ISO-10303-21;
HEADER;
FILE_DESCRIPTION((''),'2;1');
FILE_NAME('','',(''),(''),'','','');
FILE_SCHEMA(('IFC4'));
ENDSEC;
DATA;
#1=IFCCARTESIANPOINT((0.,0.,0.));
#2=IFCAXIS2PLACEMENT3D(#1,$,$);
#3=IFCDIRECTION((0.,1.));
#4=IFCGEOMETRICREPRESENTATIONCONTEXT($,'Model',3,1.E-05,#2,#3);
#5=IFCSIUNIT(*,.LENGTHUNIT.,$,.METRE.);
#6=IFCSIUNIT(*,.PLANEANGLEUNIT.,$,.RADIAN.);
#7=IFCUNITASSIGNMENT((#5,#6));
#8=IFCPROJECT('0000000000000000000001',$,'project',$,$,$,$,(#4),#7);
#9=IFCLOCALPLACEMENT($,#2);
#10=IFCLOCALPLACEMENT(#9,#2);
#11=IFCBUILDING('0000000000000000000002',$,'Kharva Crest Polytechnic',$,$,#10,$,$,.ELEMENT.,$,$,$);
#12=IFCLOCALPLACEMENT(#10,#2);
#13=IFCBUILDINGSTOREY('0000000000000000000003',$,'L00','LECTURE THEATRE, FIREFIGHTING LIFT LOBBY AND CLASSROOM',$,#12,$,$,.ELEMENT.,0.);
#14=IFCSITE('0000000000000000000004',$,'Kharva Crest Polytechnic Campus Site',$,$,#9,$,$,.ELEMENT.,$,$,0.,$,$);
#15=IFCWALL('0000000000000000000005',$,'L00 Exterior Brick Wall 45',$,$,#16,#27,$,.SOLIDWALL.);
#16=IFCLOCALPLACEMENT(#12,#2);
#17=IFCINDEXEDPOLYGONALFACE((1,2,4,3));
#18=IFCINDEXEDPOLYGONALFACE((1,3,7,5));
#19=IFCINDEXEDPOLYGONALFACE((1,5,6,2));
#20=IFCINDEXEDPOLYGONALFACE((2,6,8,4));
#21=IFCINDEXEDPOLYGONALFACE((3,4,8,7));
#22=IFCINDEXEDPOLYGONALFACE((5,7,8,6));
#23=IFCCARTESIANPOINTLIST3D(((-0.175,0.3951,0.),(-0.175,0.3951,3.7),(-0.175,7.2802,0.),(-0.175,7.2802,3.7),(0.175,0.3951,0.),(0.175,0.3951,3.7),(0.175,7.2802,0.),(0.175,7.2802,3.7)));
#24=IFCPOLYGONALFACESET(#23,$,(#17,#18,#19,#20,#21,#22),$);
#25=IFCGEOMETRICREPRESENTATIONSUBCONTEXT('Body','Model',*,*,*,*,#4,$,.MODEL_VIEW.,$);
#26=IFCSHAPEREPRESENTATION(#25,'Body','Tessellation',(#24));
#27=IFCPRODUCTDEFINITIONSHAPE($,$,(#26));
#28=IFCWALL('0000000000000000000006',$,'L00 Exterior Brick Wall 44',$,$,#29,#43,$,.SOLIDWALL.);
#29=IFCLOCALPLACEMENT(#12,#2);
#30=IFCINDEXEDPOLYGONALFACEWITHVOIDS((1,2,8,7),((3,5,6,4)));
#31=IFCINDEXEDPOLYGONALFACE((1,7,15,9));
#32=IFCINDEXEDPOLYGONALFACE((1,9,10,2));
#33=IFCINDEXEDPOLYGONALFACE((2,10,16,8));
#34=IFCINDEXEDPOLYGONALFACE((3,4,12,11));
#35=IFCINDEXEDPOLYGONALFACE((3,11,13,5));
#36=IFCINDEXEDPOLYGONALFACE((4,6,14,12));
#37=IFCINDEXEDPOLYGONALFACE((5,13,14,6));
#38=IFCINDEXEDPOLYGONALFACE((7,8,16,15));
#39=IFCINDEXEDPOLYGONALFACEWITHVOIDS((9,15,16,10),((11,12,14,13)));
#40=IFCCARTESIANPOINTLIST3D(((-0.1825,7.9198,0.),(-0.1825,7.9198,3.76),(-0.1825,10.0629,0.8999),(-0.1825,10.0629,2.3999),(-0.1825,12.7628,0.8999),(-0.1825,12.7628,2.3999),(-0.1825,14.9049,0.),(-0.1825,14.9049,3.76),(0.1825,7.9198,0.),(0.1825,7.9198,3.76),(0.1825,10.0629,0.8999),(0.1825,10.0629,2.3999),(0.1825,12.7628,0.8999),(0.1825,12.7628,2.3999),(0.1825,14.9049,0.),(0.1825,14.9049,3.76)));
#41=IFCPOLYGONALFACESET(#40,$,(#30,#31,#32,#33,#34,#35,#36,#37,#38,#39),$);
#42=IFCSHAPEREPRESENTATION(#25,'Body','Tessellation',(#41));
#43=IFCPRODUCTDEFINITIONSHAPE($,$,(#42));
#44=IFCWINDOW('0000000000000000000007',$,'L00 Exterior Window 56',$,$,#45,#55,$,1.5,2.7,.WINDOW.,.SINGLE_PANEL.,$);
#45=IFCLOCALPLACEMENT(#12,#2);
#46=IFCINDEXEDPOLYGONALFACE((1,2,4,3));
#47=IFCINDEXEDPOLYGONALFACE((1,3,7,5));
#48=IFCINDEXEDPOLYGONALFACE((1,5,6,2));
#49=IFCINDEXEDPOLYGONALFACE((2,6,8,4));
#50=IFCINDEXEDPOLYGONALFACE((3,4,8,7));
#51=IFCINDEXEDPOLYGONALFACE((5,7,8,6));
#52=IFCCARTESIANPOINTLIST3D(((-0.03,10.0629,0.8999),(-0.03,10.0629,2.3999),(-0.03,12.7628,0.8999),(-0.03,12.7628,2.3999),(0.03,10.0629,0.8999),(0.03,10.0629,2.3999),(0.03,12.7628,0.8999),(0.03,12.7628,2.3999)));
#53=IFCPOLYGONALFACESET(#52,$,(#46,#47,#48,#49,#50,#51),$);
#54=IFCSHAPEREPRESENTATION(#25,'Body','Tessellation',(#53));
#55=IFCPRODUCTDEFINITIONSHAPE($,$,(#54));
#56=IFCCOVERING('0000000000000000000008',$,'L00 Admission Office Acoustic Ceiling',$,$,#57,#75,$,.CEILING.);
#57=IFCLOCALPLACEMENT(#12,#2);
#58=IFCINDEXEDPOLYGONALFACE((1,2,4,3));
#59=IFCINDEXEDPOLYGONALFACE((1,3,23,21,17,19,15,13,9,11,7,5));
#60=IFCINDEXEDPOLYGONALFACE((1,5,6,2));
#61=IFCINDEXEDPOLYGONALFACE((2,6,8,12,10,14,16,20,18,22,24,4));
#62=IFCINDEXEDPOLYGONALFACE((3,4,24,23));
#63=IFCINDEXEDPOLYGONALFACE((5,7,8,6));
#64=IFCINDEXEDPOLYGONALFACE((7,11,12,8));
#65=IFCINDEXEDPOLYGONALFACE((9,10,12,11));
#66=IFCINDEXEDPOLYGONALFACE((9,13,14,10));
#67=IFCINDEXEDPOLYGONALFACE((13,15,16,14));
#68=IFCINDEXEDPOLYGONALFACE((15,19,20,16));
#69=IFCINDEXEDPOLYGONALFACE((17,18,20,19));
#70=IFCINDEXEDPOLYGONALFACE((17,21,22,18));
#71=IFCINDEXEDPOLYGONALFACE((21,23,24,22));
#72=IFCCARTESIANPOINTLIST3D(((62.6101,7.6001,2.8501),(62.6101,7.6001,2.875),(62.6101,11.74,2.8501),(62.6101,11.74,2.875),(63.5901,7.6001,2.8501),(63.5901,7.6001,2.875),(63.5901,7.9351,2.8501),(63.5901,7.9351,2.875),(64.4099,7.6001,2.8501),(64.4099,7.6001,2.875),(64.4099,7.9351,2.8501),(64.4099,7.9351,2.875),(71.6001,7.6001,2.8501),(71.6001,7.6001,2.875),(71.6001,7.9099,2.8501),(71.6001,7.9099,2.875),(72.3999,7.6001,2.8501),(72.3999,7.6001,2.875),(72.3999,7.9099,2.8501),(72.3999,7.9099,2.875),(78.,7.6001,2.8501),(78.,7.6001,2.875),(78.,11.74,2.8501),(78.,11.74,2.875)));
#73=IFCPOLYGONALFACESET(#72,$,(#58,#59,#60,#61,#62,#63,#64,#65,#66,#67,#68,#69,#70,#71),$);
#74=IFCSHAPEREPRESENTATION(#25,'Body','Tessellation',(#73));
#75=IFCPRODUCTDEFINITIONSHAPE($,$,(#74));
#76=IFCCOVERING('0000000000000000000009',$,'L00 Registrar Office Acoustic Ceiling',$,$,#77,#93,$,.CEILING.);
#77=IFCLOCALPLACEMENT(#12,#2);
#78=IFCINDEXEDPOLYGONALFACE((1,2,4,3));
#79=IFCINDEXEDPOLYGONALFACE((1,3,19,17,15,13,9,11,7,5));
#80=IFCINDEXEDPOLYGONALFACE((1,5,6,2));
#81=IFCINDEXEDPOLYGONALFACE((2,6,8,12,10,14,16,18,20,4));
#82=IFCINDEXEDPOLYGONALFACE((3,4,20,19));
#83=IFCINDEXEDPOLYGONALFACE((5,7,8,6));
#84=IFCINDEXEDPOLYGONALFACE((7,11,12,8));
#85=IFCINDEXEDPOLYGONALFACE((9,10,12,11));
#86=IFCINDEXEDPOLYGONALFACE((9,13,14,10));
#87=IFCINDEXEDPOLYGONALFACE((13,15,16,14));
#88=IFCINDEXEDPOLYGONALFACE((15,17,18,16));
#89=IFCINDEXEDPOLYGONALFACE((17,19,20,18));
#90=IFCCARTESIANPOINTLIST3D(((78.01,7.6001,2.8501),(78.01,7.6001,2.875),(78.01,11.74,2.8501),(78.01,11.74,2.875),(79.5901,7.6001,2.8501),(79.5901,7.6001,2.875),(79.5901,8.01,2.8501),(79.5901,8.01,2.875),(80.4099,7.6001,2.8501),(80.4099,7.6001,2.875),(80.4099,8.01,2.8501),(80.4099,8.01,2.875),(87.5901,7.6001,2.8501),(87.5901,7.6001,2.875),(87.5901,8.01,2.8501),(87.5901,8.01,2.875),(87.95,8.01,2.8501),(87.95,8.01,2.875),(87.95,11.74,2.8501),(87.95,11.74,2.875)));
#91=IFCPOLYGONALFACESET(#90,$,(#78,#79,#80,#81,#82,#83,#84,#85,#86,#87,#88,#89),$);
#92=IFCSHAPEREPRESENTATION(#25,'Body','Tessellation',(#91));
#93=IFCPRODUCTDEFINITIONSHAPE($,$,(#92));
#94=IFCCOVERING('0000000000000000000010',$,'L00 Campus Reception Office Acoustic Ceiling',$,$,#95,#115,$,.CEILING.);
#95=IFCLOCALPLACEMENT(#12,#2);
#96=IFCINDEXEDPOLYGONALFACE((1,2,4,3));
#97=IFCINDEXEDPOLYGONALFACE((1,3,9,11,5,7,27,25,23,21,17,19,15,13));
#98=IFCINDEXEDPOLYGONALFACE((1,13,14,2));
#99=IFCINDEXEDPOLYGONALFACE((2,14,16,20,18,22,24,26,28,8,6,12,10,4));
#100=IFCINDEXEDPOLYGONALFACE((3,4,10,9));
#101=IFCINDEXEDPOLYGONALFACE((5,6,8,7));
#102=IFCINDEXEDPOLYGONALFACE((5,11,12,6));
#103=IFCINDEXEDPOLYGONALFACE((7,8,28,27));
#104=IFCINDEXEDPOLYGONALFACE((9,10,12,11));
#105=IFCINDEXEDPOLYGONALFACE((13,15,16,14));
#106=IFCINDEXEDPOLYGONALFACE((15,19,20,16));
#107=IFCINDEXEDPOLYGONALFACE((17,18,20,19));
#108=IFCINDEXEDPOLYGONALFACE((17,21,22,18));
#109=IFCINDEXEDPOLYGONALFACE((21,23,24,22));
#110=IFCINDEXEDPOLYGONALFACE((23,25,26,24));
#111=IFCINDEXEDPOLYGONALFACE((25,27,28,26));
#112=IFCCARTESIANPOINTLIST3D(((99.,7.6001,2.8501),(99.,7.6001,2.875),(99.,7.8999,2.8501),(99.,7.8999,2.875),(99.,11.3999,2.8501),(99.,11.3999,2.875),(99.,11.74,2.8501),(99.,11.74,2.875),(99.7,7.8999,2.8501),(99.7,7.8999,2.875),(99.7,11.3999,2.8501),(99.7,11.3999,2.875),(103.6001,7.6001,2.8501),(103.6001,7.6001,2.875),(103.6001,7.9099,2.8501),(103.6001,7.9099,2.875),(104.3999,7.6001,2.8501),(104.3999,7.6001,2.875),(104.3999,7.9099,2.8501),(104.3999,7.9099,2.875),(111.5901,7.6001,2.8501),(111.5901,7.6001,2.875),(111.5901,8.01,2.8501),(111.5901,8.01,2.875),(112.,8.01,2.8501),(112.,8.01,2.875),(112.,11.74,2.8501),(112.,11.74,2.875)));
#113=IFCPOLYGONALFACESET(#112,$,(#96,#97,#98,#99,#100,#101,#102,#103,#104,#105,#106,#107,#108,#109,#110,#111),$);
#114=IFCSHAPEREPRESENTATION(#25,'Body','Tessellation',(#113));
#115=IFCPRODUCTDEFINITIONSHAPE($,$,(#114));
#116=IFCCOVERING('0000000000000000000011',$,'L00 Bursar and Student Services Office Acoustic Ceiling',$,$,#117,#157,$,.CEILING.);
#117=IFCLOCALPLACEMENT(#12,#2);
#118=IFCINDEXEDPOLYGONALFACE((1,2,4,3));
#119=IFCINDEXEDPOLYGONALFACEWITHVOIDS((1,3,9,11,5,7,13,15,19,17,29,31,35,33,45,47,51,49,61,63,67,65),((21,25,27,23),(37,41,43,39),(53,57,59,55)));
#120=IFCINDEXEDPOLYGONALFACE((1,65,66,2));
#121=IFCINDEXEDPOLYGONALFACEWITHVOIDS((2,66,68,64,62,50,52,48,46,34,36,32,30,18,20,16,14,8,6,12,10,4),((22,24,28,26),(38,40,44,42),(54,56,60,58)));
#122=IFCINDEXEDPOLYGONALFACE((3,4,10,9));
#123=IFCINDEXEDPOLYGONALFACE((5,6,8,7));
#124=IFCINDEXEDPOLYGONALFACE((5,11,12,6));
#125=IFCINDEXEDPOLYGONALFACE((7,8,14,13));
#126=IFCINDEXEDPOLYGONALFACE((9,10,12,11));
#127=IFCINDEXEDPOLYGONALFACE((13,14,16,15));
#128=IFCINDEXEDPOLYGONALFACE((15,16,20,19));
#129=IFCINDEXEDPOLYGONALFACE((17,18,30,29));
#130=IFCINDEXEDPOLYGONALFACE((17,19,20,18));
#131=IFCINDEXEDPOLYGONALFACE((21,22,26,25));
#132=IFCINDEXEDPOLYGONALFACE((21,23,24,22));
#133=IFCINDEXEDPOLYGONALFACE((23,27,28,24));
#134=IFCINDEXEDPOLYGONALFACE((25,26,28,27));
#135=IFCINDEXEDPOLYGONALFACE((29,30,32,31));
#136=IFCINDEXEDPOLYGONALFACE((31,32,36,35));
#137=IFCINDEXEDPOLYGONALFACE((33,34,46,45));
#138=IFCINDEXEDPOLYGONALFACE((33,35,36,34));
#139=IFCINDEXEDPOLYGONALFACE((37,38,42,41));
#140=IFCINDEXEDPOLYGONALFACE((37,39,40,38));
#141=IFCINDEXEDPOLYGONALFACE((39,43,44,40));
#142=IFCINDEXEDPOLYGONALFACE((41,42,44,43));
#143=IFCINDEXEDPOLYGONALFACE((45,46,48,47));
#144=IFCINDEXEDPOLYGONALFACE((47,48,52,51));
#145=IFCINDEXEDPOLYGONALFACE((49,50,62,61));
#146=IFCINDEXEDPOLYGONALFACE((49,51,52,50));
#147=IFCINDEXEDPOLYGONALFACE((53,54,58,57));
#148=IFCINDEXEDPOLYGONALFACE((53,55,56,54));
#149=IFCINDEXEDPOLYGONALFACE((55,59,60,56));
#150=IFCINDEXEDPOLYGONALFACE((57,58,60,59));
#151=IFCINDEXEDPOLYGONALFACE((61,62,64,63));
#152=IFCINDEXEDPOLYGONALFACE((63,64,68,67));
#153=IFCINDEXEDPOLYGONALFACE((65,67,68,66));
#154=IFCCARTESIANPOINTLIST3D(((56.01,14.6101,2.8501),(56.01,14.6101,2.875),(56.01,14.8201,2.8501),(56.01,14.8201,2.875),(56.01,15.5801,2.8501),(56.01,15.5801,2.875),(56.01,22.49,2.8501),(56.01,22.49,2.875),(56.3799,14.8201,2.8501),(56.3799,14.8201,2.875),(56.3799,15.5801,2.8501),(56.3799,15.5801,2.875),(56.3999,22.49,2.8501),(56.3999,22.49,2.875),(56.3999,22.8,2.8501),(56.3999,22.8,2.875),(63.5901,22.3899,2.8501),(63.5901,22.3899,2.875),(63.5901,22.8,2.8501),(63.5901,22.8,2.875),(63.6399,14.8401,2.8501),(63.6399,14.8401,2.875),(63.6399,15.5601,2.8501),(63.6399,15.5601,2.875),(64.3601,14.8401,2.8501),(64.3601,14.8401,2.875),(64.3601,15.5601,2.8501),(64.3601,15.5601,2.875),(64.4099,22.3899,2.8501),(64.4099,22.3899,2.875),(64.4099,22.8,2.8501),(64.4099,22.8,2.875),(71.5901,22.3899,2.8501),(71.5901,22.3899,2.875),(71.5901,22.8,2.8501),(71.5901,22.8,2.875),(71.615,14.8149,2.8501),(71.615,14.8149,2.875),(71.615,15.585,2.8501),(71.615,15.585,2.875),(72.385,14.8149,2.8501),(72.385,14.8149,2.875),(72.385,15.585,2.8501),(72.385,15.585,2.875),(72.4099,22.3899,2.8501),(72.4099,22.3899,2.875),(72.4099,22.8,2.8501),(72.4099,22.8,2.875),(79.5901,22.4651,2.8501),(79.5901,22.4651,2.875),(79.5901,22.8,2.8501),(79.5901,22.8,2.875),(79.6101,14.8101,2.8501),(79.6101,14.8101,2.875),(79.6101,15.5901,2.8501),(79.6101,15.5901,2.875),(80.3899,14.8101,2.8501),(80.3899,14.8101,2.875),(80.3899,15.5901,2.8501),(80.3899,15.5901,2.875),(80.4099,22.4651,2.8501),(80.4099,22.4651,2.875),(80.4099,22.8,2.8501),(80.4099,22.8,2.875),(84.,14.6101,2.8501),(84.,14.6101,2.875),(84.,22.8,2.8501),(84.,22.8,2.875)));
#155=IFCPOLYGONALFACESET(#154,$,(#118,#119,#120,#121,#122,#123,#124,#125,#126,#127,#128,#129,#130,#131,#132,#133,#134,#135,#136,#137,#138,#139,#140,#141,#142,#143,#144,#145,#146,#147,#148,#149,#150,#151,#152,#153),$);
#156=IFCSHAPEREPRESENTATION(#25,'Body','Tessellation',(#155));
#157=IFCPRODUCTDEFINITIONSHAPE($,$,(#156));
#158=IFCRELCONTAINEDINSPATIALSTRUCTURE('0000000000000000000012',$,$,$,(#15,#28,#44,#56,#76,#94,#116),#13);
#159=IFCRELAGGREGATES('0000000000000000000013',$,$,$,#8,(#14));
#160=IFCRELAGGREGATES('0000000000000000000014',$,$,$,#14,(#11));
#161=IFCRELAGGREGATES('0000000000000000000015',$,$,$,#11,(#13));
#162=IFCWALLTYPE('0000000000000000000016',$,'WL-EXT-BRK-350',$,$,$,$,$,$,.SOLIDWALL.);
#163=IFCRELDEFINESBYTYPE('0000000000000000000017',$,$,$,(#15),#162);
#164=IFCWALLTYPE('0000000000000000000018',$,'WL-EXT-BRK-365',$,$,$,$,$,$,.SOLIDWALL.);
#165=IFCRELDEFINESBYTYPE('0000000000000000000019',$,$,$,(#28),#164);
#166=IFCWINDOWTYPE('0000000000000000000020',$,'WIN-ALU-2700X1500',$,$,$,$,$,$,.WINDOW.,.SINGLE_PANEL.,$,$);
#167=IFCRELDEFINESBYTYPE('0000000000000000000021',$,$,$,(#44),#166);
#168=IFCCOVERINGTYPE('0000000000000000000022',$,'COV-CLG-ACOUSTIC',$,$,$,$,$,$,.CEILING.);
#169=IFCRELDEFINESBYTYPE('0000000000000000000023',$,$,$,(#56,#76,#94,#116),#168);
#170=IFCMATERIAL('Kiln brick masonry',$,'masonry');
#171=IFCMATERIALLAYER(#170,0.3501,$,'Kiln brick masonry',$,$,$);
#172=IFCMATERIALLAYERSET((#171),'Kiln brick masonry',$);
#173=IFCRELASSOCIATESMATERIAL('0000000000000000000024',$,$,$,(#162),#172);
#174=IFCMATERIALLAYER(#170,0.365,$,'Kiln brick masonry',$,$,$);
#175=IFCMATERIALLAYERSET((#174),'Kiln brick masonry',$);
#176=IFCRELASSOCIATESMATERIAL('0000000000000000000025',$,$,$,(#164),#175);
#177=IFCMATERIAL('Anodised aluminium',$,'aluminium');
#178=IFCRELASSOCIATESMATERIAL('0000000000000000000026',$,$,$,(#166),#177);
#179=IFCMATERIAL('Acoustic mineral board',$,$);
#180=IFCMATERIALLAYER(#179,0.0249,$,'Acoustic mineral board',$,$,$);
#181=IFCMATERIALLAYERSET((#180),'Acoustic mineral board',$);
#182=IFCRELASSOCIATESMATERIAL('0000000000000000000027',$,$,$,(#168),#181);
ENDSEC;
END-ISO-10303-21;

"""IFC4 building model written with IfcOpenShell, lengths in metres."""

from ifc_helpers import new_model, si_unit, direction, frame, frame_2d, origin, place, context, subcontext, project, spatial, polyline, rectangle, outline, extrude, material, layer, layer_set, type_object, element, fill, save


model = new_model("IFC4")

# Units and contexts
model_context = context("Model", 3, precision=1e-05, world=origin(), true_north=direction((0.0, 1.0)))
body_context = subcontext(model_context, "Body", "Model", "MODEL_VIEW")
ifc_project = project(units=[si_unit("LENGTHUNIT", "METRE"), si_unit("PLANEANGLEUNIT", "RADIAN")], contexts=[model_context])

# Site, building, storey
site_placement = place(None, origin())
site = spatial("IfcSite", under=ifc_project, at=site_placement, Name="Kharva Crest Polytechnic Campus Site", CompositionType="ELEMENT", RefElevation=0.0)
building_placement = place(site_placement, origin())
building = spatial("IfcBuilding", under=site, at=building_placement, Name="Kharva Crest Polytechnic", CompositionType="ELEMENT")
storey_placement = place(building_placement, origin())
storey = spatial("IfcBuildingStorey", under=building, at=storey_placement, Name="L00", Description="LECTURE THEATRE, FIREFIGHTING LIFT LOBBY AND CLASSROOM", CompositionType="ELEMENT", Elevation=0.0)

# Wall
ifc_material_1 = material(Name="Kiln brick masonry", Category="masonry")
ifc_layer_1 = layer(ifc_material_1, 0.3501, Name="Kiln brick masonry")
ifc_layer_set_1 = layer_set([ifc_layer_1], Name="Kiln brick masonry")
wall_type_1 = type_object("IfcWallType", Name="WL-EXT-BRK-350", PredefinedType="SOLIDWALL", material=ifc_layer_set_1)
wall_1_placement = place(storey_placement, frame((0.0, 7.28, 0.0), z_axis=(0.0, 0.0, 1.0), x_axis=(0.0, -1.0, 0.0)))
element("IfcWall", 1, at=wall_1_placement, inside=storey, type_object=wall_type_1, Name="L00 Exterior Brick Wall 45", PredefinedType="SOLIDWALL", context=body_context, shape_type="SweptSolid", body=[
    extrude(rectangle(XDim=6.885, YDim=0.3501, at=frame_2d((3.4424, 0.0))), origin(), (0.0, 0.0, 1.0), 3.7),
])

# Wall, opening, window
ifc_layer_2 = layer(ifc_material_1, 0.365, Name="Kiln brick masonry")
ifc_layer_set_2 = layer_set([ifc_layer_2], Name="Kiln brick masonry")
wall_type_2 = type_object("IfcWallType", Name="WL-EXT-BRK-365", PredefinedType="SOLIDWALL", material=ifc_layer_set_2)
wall_2_placement = place(storey_placement, frame((0.0, 14.905, 0.0), z_axis=(0.0, 0.0, 1.0), x_axis=(0.0, -1.0, 0.0)))
wall_2 = element("IfcWall", 2, at=wall_2_placement, inside=storey, type_object=wall_type_2, Name="L00 Exterior Brick Wall 44", PredefinedType="SOLIDWALL", context=body_context, shape_type="SweptSolid", body=[
    extrude(rectangle(XDim=6.9851, YDim=0.365, at=frame_2d((3.4927, 0.0))), origin(), (0.0, 0.0, 1.0), 3.76),
])
opening_placement = place(wall_2_placement, frame((2.1421, 0.0, 0.8999)))
opening = element("IfcOpeningElement", 3, at=opening_placement, cuts=wall_2, PredefinedType="OPENING", context=body_context, shape_type="SweptSolid", body=[
    extrude(rectangle(XDim=2.7, YDim=1.5, at=frame_2d((1.3501, 0.75))), frame((0.0, 0.1924, 0.0), z_axis=(0.0, -1.0, 0.0), x_axis=(1.0, 0.0, 0.0)), (0.0, 0.0, 1.0), 0.385),
])
ifc_material_2 = material(Name="Anodised aluminium", Category="aluminium")
window_type = type_object("IfcWindowType", Name="WIN-ALU-2700X1500", PartitioningType="SINGLE_PANEL", PredefinedType="WINDOW", material=ifc_material_2)
window_placement = place(opening_placement, origin())
window = element("IfcWindow", 4, at=window_placement, inside=storey, type_object=window_type, Name="L00 Exterior Window 56", OverallHeight=1.5, OverallWidth=2.7, PartitioningType="SINGLE_PANEL", PredefinedType="WINDOW", context=body_context, shape_type="SweptSolid", body=[
    extrude(rectangle(XDim=2.7, YDim=1.5, at=frame_2d((1.3501, 0.75))), frame((0.0, 0.03, 0.0), z_axis=(0.0, -1.0, 0.0), x_axis=(1.0, 0.0, 0.0)), (0.0, 0.0, 1.0), 0.0601),
])
fill(opening, window)

# Coverings
ifc_material_3 = material(Name="Acoustic mineral board")
ifc_layer_3 = layer(ifc_material_3, 0.0249, Name="Acoustic mineral board")
ifc_layer_set_3 = layer_set([ifc_layer_3], Name="Acoustic mineral board")
covering_type_1 = type_object("IfcCoveringType", Name="COV-CLG-ACOUSTIC", PredefinedType="CEILING", material=ifc_layer_set_3)
covering_1_placement = place(storey_placement, frame((0.0, 0.0, 2.8501)))
element("IfcCovering", 5, at=covering_1_placement, inside=storey, type_object=covering_type_1, Name="L00 Admission Office Acoustic Ceiling", PredefinedType="CEILING", context=body_context, shape_type="SweptSolid", body=[
    extrude(outline(polyline([(78.0, 7.6001), (72.3999, 7.6001), (72.3999, 7.9099), (71.6001, 7.9099), (71.6001, 7.6001), (64.4099, 7.6001), (64.4099, 7.9351), (63.5901, 7.9351), (63.5901, 7.6001), (62.6101, 7.6001), (62.6101, 11.74), (78.0, 11.74), (78.0, 7.6001)])), origin(), (0.0, 0.0, 1.0), 0.0249),
])
covering_2_placement = place(storey_placement, frame((0.0, 0.0, 2.8501)))
element("IfcCovering", 6, at=covering_2_placement, inside=storey, type_object=covering_type_1, Name="L00 Registrar Office Acoustic Ceiling", PredefinedType="CEILING", context=body_context, shape_type="SweptSolid", body=[
    extrude(outline(polyline([(87.95, 8.01), (87.5901, 8.01), (87.5901, 7.6001), (80.4099, 7.6001), (80.4099, 8.01), (79.5901, 8.01), (79.5901, 7.6001), (78.01, 7.6001), (78.01, 11.74), (87.95, 11.74), (87.95, 8.01)])), origin(), (0.0, 0.0, 1.0), 0.0249),
])
covering_3_placement = place(storey_placement, frame((0.0, 0.0, 2.8501)))
element("IfcCovering", 7, at=covering_3_placement, inside=storey, type_object=covering_type_1, Name="L00 Campus Reception Office Acoustic Ceiling", PredefinedType="CEILING", context=body_context, shape_type="SweptSolid", body=[
    extrude(outline(polyline([(104.3999, 7.9099), (103.6001, 7.9099), (103.6001, 7.6001), (99.0, 7.6001), (99.0, 7.8999), (99.7, 7.8999), (99.7, 11.3999), (99.0, 11.3999), (99.0, 11.74), (112.0, 11.74), (112.0, 8.01), (111.5901, 8.01), (111.5901, 7.6001), (104.3999, 7.6001), (104.3999, 7.9099)])), origin(), (0.0, 0.0, 1.0), 0.0249),
])
covering_4_placement = place(storey_placement, frame((0.0, 0.0, 2.8501)))
element("IfcCovering", 8, at=covering_4_placement, inside=storey, type_object=covering_type_1, Name="L00 Bursar and Student Services Office Acoustic Ceiling", PredefinedType="CEILING", context=body_context, shape_type="SweptSolid", body=[
    extrude(outline(polyline([(56.3799, 14.8201), (56.3799, 15.5801), (56.01, 15.5801), (56.01, 22.49), (56.3999, 22.49), (56.3999, 22.8), (63.5901, 22.8), (63.5901, 22.3899), (64.4099, 22.3899), (64.4099, 22.8), (71.5901, 22.8), (71.5901, 22.3899), (72.4099, 22.3899), (72.4099, 22.8), (79.5901, 22.8), (79.5901, 22.4651), (80.4099, 22.4651), (80.4099, 22.8), (84.0, 22.8), (84.0, 14.6101), (56.01, 14.6101), (56.01, 14.8201), (56.3799, 14.8201)]), holes=[polyline([(79.6101, 15.5901), (79.6101, 14.8101), (80.3899, 14.8101), (80.3899, 15.5901), (79.6101, 15.5901)]), polyline([(71.615, 15.585), (71.615, 14.8149), (72.385, 14.8149), (72.385, 15.585), (71.615, 15.585)]), polyline([(63.6399, 15.5601), (63.6399, 14.8401), (64.3601, 14.8401), (64.3601, 15.5601), (63.6399, 15.5601)])]), origin(), (0.0, 0.0, 1.0), 0.0249),
])

save(model, "model.ifc")
